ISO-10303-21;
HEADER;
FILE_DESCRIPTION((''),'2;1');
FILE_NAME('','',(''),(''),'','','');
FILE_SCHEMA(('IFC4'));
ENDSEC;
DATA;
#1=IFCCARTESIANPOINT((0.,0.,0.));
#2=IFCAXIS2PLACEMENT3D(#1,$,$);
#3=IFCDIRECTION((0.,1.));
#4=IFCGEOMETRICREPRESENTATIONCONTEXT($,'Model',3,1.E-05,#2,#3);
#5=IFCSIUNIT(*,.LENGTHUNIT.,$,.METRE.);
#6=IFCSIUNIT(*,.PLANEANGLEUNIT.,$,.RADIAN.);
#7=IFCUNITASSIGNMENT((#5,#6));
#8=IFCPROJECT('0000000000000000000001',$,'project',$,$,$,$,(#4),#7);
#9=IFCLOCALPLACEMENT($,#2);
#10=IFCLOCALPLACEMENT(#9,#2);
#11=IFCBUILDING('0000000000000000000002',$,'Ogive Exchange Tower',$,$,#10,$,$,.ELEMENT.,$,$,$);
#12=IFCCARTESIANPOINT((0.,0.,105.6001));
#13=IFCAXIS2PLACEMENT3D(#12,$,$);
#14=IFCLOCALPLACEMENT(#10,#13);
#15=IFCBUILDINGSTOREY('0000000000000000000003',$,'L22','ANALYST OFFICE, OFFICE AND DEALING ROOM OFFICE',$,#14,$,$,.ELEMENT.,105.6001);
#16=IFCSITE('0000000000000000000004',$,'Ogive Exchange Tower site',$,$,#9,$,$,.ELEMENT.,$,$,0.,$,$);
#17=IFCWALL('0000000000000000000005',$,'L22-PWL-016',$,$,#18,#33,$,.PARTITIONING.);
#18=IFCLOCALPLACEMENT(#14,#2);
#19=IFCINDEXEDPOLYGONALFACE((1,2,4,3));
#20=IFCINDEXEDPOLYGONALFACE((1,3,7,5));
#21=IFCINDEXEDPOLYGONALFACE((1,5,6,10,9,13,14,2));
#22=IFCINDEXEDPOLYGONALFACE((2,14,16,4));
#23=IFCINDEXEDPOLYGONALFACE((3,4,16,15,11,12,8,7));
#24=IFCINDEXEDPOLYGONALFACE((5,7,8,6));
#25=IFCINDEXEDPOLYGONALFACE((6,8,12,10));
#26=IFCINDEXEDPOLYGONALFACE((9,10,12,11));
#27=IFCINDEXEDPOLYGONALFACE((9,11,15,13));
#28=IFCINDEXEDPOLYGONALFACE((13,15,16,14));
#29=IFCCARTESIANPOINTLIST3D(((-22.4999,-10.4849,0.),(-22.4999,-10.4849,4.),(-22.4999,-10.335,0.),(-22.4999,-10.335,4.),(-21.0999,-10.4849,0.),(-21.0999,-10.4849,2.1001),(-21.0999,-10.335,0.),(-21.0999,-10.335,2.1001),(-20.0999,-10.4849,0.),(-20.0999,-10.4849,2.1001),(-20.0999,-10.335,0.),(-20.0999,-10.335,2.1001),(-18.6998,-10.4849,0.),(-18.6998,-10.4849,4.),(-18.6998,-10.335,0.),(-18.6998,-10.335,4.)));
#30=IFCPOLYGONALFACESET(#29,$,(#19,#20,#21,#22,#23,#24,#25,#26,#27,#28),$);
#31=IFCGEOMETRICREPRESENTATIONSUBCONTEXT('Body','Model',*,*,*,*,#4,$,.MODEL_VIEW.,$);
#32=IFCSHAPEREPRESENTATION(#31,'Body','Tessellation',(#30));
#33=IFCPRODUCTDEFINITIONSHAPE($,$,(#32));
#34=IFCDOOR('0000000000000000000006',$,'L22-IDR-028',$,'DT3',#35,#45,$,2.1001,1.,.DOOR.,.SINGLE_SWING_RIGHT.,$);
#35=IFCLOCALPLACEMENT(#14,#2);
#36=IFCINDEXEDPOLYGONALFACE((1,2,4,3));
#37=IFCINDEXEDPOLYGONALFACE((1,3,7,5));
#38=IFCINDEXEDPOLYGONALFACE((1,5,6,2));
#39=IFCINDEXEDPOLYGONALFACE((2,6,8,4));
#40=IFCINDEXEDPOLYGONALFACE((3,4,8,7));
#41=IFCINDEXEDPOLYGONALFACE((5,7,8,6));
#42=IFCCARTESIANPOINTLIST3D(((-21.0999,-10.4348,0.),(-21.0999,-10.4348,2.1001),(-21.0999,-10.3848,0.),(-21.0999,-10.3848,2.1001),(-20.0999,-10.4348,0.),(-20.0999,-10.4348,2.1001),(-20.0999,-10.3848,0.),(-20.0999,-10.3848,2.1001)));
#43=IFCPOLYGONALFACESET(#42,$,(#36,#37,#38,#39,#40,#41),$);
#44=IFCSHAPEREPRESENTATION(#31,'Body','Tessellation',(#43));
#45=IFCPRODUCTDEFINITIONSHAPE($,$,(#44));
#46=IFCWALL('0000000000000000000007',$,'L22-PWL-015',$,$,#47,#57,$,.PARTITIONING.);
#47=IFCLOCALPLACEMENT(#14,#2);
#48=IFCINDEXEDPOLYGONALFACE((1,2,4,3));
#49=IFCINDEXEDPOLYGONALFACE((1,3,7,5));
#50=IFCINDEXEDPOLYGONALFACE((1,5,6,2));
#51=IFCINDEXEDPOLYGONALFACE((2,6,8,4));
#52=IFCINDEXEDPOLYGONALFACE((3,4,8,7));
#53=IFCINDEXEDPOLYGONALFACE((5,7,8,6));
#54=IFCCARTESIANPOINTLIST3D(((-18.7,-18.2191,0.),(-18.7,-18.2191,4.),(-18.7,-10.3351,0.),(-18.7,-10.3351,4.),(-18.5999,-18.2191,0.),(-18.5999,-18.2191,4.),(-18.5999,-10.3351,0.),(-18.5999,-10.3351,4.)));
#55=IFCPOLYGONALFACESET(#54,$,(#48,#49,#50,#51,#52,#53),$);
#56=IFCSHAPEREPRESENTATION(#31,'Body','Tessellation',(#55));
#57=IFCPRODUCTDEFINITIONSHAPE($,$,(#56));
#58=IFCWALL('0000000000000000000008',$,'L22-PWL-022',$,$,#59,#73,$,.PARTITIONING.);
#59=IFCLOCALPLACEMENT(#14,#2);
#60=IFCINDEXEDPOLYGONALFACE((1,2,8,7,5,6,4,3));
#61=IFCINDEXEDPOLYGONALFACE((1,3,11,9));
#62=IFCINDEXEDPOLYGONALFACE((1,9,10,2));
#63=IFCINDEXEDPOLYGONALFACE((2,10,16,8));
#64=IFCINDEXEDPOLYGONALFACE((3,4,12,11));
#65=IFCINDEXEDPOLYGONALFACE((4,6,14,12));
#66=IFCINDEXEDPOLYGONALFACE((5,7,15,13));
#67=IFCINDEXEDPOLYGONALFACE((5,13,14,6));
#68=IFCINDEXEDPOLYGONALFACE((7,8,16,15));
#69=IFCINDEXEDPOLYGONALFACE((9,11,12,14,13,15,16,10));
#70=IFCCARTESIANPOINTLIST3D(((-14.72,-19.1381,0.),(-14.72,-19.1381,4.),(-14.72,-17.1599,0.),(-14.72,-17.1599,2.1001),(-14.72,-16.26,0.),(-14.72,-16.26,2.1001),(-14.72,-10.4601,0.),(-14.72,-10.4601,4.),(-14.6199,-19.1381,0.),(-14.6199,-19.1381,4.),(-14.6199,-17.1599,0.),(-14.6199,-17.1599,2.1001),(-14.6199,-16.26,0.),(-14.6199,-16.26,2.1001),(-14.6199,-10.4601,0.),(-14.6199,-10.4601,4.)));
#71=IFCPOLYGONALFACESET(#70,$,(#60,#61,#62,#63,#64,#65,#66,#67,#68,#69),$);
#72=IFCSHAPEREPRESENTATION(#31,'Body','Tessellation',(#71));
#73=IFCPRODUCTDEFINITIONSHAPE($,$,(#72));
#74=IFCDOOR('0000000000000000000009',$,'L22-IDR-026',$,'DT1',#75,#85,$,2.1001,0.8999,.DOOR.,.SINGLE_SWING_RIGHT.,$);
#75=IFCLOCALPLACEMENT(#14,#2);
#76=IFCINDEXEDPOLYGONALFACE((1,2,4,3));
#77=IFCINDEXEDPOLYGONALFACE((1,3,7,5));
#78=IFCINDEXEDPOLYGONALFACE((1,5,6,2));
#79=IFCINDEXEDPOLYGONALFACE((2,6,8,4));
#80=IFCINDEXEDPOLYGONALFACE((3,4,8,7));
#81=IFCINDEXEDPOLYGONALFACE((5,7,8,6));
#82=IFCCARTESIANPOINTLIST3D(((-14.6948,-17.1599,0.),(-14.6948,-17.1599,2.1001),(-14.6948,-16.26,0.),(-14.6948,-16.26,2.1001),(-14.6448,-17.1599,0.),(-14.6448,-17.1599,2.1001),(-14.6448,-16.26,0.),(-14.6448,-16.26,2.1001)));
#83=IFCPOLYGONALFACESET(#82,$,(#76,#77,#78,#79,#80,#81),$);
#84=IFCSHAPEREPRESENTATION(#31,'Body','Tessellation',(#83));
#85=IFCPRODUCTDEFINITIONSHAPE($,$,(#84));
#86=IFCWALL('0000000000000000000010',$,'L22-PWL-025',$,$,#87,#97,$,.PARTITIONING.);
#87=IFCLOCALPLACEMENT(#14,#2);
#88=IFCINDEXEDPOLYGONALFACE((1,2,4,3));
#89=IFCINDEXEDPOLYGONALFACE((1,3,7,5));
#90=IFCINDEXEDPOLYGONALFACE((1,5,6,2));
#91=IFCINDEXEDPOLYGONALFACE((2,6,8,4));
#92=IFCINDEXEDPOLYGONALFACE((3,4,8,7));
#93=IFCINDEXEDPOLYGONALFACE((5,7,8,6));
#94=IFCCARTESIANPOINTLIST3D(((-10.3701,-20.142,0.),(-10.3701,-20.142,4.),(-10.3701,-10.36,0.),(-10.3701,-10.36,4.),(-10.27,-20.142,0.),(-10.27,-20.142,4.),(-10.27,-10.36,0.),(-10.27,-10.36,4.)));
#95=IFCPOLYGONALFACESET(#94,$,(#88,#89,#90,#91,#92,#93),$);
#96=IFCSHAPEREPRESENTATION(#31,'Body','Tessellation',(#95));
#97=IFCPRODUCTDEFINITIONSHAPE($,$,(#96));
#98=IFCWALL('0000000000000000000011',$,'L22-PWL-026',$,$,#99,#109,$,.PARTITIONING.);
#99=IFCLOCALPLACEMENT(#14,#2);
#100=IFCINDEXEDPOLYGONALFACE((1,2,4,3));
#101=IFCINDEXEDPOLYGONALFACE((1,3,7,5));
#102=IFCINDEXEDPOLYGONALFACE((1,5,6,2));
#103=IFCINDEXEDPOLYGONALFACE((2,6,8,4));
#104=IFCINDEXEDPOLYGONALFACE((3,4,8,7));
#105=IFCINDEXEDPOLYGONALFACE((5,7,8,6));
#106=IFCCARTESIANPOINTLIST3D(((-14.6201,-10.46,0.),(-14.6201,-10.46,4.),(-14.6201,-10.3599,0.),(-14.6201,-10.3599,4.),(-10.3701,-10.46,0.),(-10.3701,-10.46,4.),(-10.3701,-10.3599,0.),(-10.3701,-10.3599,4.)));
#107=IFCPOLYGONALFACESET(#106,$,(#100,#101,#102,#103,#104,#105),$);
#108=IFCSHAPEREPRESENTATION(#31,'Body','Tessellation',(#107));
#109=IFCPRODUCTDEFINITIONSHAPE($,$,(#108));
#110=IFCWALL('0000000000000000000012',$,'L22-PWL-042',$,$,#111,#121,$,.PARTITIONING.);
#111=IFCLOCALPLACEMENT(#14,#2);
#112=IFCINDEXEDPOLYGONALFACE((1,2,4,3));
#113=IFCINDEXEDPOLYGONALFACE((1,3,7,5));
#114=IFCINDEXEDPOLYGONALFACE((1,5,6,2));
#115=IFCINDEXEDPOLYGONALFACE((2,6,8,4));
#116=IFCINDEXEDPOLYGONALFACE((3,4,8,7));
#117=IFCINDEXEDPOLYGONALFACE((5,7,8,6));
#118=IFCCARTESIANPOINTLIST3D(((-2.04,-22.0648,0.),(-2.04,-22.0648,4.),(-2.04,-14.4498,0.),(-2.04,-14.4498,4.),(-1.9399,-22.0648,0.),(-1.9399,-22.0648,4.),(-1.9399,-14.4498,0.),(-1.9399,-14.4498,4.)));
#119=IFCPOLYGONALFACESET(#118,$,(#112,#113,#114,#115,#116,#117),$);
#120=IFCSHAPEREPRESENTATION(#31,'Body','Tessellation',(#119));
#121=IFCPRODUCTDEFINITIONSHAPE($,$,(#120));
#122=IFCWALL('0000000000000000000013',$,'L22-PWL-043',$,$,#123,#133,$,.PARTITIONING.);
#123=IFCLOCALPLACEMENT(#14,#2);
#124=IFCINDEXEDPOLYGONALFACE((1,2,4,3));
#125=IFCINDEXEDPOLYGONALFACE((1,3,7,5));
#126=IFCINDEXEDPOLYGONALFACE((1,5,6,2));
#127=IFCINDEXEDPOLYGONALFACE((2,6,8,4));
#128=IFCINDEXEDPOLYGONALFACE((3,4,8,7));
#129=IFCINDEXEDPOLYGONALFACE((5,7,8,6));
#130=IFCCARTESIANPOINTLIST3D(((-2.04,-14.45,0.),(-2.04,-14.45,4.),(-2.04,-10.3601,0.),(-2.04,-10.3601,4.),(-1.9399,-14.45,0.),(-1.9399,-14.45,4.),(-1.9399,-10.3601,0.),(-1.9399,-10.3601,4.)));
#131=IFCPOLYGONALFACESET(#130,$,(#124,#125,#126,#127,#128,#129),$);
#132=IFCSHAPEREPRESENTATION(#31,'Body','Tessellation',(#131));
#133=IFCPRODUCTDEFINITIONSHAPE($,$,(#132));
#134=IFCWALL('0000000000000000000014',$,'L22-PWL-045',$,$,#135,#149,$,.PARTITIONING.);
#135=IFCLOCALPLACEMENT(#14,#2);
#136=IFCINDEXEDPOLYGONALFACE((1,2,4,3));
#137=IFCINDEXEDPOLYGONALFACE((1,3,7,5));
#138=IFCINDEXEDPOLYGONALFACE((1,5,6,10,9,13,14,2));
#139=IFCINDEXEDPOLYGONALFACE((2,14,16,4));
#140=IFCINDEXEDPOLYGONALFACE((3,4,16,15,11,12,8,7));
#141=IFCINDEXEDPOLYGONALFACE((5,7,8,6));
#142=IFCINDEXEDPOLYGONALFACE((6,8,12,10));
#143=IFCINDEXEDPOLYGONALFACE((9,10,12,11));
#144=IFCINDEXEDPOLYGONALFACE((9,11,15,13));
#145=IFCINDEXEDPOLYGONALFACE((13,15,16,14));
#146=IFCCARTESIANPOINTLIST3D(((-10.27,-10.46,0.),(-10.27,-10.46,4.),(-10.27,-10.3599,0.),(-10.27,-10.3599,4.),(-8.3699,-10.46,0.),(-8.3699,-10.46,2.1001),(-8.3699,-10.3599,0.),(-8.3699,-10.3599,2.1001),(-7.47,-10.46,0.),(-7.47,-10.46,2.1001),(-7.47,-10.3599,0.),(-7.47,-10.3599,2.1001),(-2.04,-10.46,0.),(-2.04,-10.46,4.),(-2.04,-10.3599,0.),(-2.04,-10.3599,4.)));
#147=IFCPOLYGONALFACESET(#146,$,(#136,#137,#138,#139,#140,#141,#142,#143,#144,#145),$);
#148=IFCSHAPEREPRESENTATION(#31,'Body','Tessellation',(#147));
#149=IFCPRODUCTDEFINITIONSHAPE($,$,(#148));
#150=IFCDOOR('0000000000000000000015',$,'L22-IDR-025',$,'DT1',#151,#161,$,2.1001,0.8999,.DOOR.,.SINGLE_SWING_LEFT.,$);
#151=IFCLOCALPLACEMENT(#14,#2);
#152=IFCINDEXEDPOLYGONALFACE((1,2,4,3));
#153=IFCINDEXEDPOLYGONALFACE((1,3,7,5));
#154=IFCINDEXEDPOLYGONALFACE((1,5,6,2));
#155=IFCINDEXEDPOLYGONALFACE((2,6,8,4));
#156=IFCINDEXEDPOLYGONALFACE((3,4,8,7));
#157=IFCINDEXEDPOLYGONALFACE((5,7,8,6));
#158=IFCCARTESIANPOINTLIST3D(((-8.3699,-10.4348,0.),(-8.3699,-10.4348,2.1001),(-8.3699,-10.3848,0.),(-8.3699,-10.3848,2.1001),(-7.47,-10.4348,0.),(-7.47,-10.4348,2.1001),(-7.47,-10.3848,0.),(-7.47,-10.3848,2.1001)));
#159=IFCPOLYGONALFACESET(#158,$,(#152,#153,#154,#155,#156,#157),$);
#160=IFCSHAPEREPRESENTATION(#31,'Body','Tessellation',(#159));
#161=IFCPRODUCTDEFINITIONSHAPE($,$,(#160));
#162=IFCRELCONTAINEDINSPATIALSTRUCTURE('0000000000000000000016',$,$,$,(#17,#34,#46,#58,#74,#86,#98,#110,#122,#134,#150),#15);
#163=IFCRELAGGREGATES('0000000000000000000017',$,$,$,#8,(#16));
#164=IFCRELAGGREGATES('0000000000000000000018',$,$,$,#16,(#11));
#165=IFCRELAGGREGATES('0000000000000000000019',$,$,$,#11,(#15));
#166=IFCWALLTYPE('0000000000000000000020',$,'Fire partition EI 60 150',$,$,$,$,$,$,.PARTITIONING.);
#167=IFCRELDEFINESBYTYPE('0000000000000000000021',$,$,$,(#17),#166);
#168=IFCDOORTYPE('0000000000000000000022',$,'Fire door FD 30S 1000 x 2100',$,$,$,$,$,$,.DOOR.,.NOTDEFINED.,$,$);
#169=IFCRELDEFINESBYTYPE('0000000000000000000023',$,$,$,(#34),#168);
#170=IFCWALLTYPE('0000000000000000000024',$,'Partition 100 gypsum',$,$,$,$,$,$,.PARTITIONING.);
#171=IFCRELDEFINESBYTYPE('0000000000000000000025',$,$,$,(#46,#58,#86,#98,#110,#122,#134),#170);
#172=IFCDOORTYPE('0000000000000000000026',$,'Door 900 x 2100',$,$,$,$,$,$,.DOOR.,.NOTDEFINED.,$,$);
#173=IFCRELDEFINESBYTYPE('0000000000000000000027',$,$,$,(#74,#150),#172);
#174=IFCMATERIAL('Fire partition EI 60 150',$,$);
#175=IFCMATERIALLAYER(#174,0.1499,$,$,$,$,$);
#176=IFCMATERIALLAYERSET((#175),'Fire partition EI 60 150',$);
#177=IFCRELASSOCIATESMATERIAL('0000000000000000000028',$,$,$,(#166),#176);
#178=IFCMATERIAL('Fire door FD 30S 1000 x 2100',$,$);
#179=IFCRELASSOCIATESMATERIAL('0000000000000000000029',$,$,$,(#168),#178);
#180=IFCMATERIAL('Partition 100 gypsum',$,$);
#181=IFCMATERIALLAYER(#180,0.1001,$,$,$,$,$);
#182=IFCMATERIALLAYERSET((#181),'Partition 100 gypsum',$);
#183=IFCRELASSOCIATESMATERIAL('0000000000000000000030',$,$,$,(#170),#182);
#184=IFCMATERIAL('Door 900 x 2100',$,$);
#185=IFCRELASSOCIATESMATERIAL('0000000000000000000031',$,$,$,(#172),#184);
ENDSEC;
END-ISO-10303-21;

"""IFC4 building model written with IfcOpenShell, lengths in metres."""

from ifc_helpers import new_model, si_unit, direction, frame, frame_2d, origin, place, context, subcontext, project, spatial, rectangle, extrude, material, layer, layer_set, type_object, element, fill, save


model = new_model("IFC4")

# Units and contexts
model_context = context("Model", 3, precision=1e-05, world=origin(), true_north=direction((0.0, 1.0)))
body_context = subcontext(model_context, "Body", "Model", "MODEL_VIEW")
ifc_project = project(units=[si_unit("LENGTHUNIT", "METRE"), si_unit("PLANEANGLEUNIT", "RADIAN")], contexts=[model_context])

# Site, building, storey
site_placement = place(None, origin())
site = spatial("IfcSite", under=ifc_project, at=site_placement, Name="Ogive Exchange Tower site", CompositionType="ELEMENT", RefElevation=0.0)
building_placement = place(site_placement, origin())
building = spatial("IfcBuilding", under=site, at=building_placement, Name="Ogive Exchange Tower", CompositionType="ELEMENT")
storey_placement = place(building_placement, frame((0.0, 0.0, 105.6001)))
storey = spatial("IfcBuildingStorey", under=building, at=storey_placement, Name="L22", Description="ANALYST OFFICE, OFFICE AND DEALING ROOM OFFICE", CompositionType="ELEMENT", Elevation=105.6001)

# Wall, opening, door
ifc_material_1 = material(Name="Fire partition EI 60 150")
ifc_layer_1 = layer(ifc_material_1, 0.1499)
ifc_layer_set_1 = layer_set([ifc_layer_1], Name="Fire partition EI 60 150")
wall_type_1 = type_object("IfcWallType", Name="Fire partition EI 60 150", PredefinedType="PARTITIONING", material=ifc_layer_set_1)
wall_1_placement = place(storey_placement, frame((-18.7, -10.4099, 0.0), z_axis=(0.0, 0.0, 1.0), x_axis=(-1.0, 0.0, 0.0)))
wall_1 = element("IfcWall", 1, at=wall_1_placement, inside=storey, type_object=wall_type_1, Name="L22-PWL-016", PredefinedType="PARTITIONING", context=body_context, shape_type="SweptSolid", body=[
    extrude(rectangle(XDim=3.8, YDim=0.1499, at=frame_2d((1.8999, 0.0))), origin(), (0.0, 0.0, 1.0), 4.0),
])
opening_1_placement = place(wall_1_placement, frame((1.3999, 0.0, 0.0)))
opening_1 = element("IfcOpeningElement", 2, at=opening_1_placement, cuts=wall_1, PredefinedType="OPENING", context=body_context, shape_type="SweptSolid", body=[
    extrude(rectangle(XDim=1.0, YDim=2.1001, at=frame_2d((0.5, 1.05))), frame((0.0, 0.085, 0.0), z_axis=(0.0, -1.0, 0.0), x_axis=(1.0, 0.0, 0.0)), (0.0, 0.0, 1.0), 0.1699),
])
ifc_material_2 = material(Name="Fire door FD 30S 1000 x 2100")
door_type_1 = type_object("IfcDoorType", Name="Fire door FD 30S 1000 x 2100", OperationType="NOTDEFINED", PredefinedType="DOOR", material=ifc_material_2)
door_1_placement = place(opening_1_placement, origin())
door_1 = element("IfcDoor", 3, at=door_1_placement, inside=storey, type_object=door_type_1, Name="L22-IDR-028", ObjectType="DT3", OperationType="SINGLE_SWING_RIGHT", OverallHeight=2.1001, OverallWidth=1.0, PredefinedType="DOOR", context=body_context, shape_type="SweptSolid", body=[
    extrude(rectangle(XDim=1.0, YDim=2.1001, at=frame_2d((0.5, 1.05))), frame((0.0, 0.0249, 0.0), z_axis=(0.0, -1.0, 0.0), x_axis=(1.0, 0.0, 0.0)), (0.0, 0.0, 1.0), 0.05),
])
fill(opening_1, door_1)

# Wall
ifc_material_3 = material(Name="Partition 100 gypsum")
ifc_layer_2 = layer(ifc_material_3, 0.1001)
ifc_layer_set_2 = layer_set([ifc_layer_2], Name="Partition 100 gypsum")
wall_type_2 = type_object("IfcWallType", Name="Partition 100 gypsum", PredefinedType="PARTITIONING", material=ifc_layer_set_2)
wall_2_placement = place(storey_placement, frame((-18.6499, -18.219, 0.0), z_axis=(0.0, 0.0, 1.0), x_axis=(0.0, 1.0, 0.0)))
element("IfcWall", 4, at=wall_2_placement, inside=storey, type_object=wall_type_2, Name="L22-PWL-015", PredefinedType="PARTITIONING", context=body_context, shape_type="SweptSolid", body=[
    extrude(rectangle(XDim=7.884, YDim=0.1001, at=frame_2d((3.9419, 0.0))), origin(), (0.0, 0.0, 1.0), 4.0),
])

# Wall, opening, door
wall_3_placement = place(storey_placement, frame((-14.6699, -19.1379, 0.0), z_axis=(0.0, 0.0, 1.0), x_axis=(0.0, 1.0, 0.0)))
wall_3 = element("IfcWall", 5, at=wall_3_placement, inside=storey, type_object=wall_type_2, Name="L22-PWL-022", PredefinedType="PARTITIONING", context=body_context, shape_type="SweptSolid", body=[
    extrude(rectangle(XDim=8.678, YDim=0.1001, at=frame_2d((4.3389, 0.0))), origin(), (0.0, 0.0, 1.0), 4.0),
])
opening_2_placement = place(wall_3_placement, frame((1.978, 0.0, 0.0)))
opening_2 = element("IfcOpeningElement", 6, at=opening_2_placement, cuts=wall_3, PredefinedType="OPENING", context=body_context, shape_type="SweptSolid", body=[
    extrude(rectangle(XDim=0.8999, YDim=2.1001, at=frame_2d((0.45, 1.05))), frame((0.0, 0.0601, 0.0), z_axis=(0.0, -1.0, 0.0), x_axis=(1.0, 0.0, 0.0)), (0.0, 0.0, 1.0), 0.1201),
])
ifc_material_4 = material(Name="Door 900 x 2100")
door_type_2 = type_object("IfcDoorType", Name="Door 900 x 2100", OperationType="NOTDEFINED", PredefinedType="DOOR", material=ifc_material_4)
door_2_placement = place(opening_2_placement, origin())
door_2 = element("IfcDoor", 7, at=door_2_placement, inside=storey, type_object=door_type_2, Name="L22-IDR-026", ObjectType="DT1", OperationType="SINGLE_SWING_RIGHT", OverallHeight=2.1001, OverallWidth=0.8999, PredefinedType="DOOR", context=body_context, shape_type="SweptSolid", body=[
    extrude(rectangle(XDim=0.8999, YDim=2.1001, at=frame_2d((0.45, 1.05))), frame((0.0, 0.0249, 0.0), z_axis=(0.0, -1.0, 0.0), x_axis=(1.0, 0.0, 0.0)), (0.0, 0.0, 1.0), 0.05),
])
fill(opening_2, door_2)

# Walls
wall_4_placement = place(storey_placement, frame((-10.3201, -20.1421, 0.0), z_axis=(0.0, 0.0, 1.0), x_axis=(0.0, 1.0, 0.0)))
element("IfcWall", 8, at=wall_4_placement, inside=storey, type_object=wall_type_2, Name="L22-PWL-025", PredefinedType="PARTITIONING", context=body_context, shape_type="SweptSolid", body=[
    extrude(rectangle(XDim=9.782, YDim=0.1001, at=frame_2d((4.8911, 0.0))), origin(), (0.0, 0.0, 1.0), 4.0),
])
wall_5_placement = place(storey_placement, frame((-10.3701, -10.4099, 0.0), z_axis=(0.0, 0.0, 1.0), x_axis=(-1.0, 0.0, 0.0)))
element("IfcWall", 9, at=wall_5_placement, inside=storey, type_object=wall_type_2, Name="L22-PWL-026", PredefinedType="PARTITIONING", context=body_context, shape_type="SweptSolid", body=[
    extrude(rectangle(XDim=4.25, YDim=0.1001, at=frame_2d((2.125, 0.0))), origin(), (0.0, 0.0, 1.0), 4.0),
])
wall_6_placement = place(storey_placement, frame((-1.99, -22.0649, 0.0), z_axis=(0.0, 0.0, 1.0), x_axis=(0.0, 1.0, 0.0)))
element("IfcWall", 10, at=wall_6_placement, inside=storey, type_object=wall_type_2, Name="L22-PWL-042", PredefinedType="PARTITIONING", context=body_context, shape_type="SweptSolid", body=[
    extrude(rectangle(XDim=7.615, YDim=0.1001, at=frame_2d((3.8076, 0.0))), origin(), (0.0, 0.0, 1.0), 4.0),
])
wall_7_placement = place(storey_placement, frame((-1.99, -14.45, 0.0), z_axis=(0.0, 0.0, 1.0), x_axis=(0.0, 1.0, 0.0)))
element("IfcWall", 11, at=wall_7_placement, inside=storey, type_object=wall_type_2, Name="L22-PWL-043", PredefinedType="PARTITIONING", context=body_context, shape_type="SweptSolid", body=[
    extrude(rectangle(XDim=4.0898, YDim=0.1001, at=frame_2d((2.0449, 0.0))), origin(), (0.0, 0.0, 1.0), 4.0),
])

# Wall, opening, door
wall_8_placement = place(storey_placement, frame((-2.04, -10.4099, 0.0), z_axis=(0.0, 0.0, 1.0), x_axis=(-1.0, 0.0, 0.0)))
wall_8 = element("IfcWall", 12, at=wall_8_placement, inside=storey, type_object=wall_type_2, Name="L22-PWL-045", PredefinedType="PARTITIONING", context=body_context, shape_type="SweptSolid", body=[
    extrude(rectangle(XDim=8.23, YDim=0.1001, at=frame_2d((4.115, 0.0))), origin(), (0.0, 0.0, 1.0), 4.0),
])
opening_3_placement = place(wall_8_placement, frame((5.4299, 0.0, 0.0)))
opening_3 = element("IfcOpeningElement", 13, at=opening_3_placement, cuts=wall_8, PredefinedType="OPENING", context=body_context, shape_type="SweptSolid", body=[
    extrude(rectangle(XDim=0.8999, YDim=2.1001, at=frame_2d((0.45, 1.05))), frame((0.0, 0.0601, 0.0), z_axis=(0.0, -1.0, 0.0), x_axis=(1.0, 0.0, 0.0)), (0.0, 0.0, 1.0), 0.1201),
])
door_3_placement = place(opening_3_placement, origin())
door_3 = element("IfcDoor", 14, at=door_3_placement, inside=storey, type_object=door_type_2, Name="L22-IDR-025", ObjectType="DT1", OperationType="SINGLE_SWING_LEFT", OverallHeight=2.1001, OverallWidth=0.8999, PredefinedType="DOOR", context=body_context, shape_type="SweptSolid", body=[
    extrude(rectangle(XDim=0.8999, YDim=2.1001, at=frame_2d((0.45, 1.05))), frame((0.0, 0.0249, 0.0), z_axis=(0.0, -1.0, 0.0), x_axis=(1.0, 0.0, 0.0)), (0.0, 0.0, 1.0), 0.05),
])
fill(opening_3, door_3)

save(model, "model.ifc")
